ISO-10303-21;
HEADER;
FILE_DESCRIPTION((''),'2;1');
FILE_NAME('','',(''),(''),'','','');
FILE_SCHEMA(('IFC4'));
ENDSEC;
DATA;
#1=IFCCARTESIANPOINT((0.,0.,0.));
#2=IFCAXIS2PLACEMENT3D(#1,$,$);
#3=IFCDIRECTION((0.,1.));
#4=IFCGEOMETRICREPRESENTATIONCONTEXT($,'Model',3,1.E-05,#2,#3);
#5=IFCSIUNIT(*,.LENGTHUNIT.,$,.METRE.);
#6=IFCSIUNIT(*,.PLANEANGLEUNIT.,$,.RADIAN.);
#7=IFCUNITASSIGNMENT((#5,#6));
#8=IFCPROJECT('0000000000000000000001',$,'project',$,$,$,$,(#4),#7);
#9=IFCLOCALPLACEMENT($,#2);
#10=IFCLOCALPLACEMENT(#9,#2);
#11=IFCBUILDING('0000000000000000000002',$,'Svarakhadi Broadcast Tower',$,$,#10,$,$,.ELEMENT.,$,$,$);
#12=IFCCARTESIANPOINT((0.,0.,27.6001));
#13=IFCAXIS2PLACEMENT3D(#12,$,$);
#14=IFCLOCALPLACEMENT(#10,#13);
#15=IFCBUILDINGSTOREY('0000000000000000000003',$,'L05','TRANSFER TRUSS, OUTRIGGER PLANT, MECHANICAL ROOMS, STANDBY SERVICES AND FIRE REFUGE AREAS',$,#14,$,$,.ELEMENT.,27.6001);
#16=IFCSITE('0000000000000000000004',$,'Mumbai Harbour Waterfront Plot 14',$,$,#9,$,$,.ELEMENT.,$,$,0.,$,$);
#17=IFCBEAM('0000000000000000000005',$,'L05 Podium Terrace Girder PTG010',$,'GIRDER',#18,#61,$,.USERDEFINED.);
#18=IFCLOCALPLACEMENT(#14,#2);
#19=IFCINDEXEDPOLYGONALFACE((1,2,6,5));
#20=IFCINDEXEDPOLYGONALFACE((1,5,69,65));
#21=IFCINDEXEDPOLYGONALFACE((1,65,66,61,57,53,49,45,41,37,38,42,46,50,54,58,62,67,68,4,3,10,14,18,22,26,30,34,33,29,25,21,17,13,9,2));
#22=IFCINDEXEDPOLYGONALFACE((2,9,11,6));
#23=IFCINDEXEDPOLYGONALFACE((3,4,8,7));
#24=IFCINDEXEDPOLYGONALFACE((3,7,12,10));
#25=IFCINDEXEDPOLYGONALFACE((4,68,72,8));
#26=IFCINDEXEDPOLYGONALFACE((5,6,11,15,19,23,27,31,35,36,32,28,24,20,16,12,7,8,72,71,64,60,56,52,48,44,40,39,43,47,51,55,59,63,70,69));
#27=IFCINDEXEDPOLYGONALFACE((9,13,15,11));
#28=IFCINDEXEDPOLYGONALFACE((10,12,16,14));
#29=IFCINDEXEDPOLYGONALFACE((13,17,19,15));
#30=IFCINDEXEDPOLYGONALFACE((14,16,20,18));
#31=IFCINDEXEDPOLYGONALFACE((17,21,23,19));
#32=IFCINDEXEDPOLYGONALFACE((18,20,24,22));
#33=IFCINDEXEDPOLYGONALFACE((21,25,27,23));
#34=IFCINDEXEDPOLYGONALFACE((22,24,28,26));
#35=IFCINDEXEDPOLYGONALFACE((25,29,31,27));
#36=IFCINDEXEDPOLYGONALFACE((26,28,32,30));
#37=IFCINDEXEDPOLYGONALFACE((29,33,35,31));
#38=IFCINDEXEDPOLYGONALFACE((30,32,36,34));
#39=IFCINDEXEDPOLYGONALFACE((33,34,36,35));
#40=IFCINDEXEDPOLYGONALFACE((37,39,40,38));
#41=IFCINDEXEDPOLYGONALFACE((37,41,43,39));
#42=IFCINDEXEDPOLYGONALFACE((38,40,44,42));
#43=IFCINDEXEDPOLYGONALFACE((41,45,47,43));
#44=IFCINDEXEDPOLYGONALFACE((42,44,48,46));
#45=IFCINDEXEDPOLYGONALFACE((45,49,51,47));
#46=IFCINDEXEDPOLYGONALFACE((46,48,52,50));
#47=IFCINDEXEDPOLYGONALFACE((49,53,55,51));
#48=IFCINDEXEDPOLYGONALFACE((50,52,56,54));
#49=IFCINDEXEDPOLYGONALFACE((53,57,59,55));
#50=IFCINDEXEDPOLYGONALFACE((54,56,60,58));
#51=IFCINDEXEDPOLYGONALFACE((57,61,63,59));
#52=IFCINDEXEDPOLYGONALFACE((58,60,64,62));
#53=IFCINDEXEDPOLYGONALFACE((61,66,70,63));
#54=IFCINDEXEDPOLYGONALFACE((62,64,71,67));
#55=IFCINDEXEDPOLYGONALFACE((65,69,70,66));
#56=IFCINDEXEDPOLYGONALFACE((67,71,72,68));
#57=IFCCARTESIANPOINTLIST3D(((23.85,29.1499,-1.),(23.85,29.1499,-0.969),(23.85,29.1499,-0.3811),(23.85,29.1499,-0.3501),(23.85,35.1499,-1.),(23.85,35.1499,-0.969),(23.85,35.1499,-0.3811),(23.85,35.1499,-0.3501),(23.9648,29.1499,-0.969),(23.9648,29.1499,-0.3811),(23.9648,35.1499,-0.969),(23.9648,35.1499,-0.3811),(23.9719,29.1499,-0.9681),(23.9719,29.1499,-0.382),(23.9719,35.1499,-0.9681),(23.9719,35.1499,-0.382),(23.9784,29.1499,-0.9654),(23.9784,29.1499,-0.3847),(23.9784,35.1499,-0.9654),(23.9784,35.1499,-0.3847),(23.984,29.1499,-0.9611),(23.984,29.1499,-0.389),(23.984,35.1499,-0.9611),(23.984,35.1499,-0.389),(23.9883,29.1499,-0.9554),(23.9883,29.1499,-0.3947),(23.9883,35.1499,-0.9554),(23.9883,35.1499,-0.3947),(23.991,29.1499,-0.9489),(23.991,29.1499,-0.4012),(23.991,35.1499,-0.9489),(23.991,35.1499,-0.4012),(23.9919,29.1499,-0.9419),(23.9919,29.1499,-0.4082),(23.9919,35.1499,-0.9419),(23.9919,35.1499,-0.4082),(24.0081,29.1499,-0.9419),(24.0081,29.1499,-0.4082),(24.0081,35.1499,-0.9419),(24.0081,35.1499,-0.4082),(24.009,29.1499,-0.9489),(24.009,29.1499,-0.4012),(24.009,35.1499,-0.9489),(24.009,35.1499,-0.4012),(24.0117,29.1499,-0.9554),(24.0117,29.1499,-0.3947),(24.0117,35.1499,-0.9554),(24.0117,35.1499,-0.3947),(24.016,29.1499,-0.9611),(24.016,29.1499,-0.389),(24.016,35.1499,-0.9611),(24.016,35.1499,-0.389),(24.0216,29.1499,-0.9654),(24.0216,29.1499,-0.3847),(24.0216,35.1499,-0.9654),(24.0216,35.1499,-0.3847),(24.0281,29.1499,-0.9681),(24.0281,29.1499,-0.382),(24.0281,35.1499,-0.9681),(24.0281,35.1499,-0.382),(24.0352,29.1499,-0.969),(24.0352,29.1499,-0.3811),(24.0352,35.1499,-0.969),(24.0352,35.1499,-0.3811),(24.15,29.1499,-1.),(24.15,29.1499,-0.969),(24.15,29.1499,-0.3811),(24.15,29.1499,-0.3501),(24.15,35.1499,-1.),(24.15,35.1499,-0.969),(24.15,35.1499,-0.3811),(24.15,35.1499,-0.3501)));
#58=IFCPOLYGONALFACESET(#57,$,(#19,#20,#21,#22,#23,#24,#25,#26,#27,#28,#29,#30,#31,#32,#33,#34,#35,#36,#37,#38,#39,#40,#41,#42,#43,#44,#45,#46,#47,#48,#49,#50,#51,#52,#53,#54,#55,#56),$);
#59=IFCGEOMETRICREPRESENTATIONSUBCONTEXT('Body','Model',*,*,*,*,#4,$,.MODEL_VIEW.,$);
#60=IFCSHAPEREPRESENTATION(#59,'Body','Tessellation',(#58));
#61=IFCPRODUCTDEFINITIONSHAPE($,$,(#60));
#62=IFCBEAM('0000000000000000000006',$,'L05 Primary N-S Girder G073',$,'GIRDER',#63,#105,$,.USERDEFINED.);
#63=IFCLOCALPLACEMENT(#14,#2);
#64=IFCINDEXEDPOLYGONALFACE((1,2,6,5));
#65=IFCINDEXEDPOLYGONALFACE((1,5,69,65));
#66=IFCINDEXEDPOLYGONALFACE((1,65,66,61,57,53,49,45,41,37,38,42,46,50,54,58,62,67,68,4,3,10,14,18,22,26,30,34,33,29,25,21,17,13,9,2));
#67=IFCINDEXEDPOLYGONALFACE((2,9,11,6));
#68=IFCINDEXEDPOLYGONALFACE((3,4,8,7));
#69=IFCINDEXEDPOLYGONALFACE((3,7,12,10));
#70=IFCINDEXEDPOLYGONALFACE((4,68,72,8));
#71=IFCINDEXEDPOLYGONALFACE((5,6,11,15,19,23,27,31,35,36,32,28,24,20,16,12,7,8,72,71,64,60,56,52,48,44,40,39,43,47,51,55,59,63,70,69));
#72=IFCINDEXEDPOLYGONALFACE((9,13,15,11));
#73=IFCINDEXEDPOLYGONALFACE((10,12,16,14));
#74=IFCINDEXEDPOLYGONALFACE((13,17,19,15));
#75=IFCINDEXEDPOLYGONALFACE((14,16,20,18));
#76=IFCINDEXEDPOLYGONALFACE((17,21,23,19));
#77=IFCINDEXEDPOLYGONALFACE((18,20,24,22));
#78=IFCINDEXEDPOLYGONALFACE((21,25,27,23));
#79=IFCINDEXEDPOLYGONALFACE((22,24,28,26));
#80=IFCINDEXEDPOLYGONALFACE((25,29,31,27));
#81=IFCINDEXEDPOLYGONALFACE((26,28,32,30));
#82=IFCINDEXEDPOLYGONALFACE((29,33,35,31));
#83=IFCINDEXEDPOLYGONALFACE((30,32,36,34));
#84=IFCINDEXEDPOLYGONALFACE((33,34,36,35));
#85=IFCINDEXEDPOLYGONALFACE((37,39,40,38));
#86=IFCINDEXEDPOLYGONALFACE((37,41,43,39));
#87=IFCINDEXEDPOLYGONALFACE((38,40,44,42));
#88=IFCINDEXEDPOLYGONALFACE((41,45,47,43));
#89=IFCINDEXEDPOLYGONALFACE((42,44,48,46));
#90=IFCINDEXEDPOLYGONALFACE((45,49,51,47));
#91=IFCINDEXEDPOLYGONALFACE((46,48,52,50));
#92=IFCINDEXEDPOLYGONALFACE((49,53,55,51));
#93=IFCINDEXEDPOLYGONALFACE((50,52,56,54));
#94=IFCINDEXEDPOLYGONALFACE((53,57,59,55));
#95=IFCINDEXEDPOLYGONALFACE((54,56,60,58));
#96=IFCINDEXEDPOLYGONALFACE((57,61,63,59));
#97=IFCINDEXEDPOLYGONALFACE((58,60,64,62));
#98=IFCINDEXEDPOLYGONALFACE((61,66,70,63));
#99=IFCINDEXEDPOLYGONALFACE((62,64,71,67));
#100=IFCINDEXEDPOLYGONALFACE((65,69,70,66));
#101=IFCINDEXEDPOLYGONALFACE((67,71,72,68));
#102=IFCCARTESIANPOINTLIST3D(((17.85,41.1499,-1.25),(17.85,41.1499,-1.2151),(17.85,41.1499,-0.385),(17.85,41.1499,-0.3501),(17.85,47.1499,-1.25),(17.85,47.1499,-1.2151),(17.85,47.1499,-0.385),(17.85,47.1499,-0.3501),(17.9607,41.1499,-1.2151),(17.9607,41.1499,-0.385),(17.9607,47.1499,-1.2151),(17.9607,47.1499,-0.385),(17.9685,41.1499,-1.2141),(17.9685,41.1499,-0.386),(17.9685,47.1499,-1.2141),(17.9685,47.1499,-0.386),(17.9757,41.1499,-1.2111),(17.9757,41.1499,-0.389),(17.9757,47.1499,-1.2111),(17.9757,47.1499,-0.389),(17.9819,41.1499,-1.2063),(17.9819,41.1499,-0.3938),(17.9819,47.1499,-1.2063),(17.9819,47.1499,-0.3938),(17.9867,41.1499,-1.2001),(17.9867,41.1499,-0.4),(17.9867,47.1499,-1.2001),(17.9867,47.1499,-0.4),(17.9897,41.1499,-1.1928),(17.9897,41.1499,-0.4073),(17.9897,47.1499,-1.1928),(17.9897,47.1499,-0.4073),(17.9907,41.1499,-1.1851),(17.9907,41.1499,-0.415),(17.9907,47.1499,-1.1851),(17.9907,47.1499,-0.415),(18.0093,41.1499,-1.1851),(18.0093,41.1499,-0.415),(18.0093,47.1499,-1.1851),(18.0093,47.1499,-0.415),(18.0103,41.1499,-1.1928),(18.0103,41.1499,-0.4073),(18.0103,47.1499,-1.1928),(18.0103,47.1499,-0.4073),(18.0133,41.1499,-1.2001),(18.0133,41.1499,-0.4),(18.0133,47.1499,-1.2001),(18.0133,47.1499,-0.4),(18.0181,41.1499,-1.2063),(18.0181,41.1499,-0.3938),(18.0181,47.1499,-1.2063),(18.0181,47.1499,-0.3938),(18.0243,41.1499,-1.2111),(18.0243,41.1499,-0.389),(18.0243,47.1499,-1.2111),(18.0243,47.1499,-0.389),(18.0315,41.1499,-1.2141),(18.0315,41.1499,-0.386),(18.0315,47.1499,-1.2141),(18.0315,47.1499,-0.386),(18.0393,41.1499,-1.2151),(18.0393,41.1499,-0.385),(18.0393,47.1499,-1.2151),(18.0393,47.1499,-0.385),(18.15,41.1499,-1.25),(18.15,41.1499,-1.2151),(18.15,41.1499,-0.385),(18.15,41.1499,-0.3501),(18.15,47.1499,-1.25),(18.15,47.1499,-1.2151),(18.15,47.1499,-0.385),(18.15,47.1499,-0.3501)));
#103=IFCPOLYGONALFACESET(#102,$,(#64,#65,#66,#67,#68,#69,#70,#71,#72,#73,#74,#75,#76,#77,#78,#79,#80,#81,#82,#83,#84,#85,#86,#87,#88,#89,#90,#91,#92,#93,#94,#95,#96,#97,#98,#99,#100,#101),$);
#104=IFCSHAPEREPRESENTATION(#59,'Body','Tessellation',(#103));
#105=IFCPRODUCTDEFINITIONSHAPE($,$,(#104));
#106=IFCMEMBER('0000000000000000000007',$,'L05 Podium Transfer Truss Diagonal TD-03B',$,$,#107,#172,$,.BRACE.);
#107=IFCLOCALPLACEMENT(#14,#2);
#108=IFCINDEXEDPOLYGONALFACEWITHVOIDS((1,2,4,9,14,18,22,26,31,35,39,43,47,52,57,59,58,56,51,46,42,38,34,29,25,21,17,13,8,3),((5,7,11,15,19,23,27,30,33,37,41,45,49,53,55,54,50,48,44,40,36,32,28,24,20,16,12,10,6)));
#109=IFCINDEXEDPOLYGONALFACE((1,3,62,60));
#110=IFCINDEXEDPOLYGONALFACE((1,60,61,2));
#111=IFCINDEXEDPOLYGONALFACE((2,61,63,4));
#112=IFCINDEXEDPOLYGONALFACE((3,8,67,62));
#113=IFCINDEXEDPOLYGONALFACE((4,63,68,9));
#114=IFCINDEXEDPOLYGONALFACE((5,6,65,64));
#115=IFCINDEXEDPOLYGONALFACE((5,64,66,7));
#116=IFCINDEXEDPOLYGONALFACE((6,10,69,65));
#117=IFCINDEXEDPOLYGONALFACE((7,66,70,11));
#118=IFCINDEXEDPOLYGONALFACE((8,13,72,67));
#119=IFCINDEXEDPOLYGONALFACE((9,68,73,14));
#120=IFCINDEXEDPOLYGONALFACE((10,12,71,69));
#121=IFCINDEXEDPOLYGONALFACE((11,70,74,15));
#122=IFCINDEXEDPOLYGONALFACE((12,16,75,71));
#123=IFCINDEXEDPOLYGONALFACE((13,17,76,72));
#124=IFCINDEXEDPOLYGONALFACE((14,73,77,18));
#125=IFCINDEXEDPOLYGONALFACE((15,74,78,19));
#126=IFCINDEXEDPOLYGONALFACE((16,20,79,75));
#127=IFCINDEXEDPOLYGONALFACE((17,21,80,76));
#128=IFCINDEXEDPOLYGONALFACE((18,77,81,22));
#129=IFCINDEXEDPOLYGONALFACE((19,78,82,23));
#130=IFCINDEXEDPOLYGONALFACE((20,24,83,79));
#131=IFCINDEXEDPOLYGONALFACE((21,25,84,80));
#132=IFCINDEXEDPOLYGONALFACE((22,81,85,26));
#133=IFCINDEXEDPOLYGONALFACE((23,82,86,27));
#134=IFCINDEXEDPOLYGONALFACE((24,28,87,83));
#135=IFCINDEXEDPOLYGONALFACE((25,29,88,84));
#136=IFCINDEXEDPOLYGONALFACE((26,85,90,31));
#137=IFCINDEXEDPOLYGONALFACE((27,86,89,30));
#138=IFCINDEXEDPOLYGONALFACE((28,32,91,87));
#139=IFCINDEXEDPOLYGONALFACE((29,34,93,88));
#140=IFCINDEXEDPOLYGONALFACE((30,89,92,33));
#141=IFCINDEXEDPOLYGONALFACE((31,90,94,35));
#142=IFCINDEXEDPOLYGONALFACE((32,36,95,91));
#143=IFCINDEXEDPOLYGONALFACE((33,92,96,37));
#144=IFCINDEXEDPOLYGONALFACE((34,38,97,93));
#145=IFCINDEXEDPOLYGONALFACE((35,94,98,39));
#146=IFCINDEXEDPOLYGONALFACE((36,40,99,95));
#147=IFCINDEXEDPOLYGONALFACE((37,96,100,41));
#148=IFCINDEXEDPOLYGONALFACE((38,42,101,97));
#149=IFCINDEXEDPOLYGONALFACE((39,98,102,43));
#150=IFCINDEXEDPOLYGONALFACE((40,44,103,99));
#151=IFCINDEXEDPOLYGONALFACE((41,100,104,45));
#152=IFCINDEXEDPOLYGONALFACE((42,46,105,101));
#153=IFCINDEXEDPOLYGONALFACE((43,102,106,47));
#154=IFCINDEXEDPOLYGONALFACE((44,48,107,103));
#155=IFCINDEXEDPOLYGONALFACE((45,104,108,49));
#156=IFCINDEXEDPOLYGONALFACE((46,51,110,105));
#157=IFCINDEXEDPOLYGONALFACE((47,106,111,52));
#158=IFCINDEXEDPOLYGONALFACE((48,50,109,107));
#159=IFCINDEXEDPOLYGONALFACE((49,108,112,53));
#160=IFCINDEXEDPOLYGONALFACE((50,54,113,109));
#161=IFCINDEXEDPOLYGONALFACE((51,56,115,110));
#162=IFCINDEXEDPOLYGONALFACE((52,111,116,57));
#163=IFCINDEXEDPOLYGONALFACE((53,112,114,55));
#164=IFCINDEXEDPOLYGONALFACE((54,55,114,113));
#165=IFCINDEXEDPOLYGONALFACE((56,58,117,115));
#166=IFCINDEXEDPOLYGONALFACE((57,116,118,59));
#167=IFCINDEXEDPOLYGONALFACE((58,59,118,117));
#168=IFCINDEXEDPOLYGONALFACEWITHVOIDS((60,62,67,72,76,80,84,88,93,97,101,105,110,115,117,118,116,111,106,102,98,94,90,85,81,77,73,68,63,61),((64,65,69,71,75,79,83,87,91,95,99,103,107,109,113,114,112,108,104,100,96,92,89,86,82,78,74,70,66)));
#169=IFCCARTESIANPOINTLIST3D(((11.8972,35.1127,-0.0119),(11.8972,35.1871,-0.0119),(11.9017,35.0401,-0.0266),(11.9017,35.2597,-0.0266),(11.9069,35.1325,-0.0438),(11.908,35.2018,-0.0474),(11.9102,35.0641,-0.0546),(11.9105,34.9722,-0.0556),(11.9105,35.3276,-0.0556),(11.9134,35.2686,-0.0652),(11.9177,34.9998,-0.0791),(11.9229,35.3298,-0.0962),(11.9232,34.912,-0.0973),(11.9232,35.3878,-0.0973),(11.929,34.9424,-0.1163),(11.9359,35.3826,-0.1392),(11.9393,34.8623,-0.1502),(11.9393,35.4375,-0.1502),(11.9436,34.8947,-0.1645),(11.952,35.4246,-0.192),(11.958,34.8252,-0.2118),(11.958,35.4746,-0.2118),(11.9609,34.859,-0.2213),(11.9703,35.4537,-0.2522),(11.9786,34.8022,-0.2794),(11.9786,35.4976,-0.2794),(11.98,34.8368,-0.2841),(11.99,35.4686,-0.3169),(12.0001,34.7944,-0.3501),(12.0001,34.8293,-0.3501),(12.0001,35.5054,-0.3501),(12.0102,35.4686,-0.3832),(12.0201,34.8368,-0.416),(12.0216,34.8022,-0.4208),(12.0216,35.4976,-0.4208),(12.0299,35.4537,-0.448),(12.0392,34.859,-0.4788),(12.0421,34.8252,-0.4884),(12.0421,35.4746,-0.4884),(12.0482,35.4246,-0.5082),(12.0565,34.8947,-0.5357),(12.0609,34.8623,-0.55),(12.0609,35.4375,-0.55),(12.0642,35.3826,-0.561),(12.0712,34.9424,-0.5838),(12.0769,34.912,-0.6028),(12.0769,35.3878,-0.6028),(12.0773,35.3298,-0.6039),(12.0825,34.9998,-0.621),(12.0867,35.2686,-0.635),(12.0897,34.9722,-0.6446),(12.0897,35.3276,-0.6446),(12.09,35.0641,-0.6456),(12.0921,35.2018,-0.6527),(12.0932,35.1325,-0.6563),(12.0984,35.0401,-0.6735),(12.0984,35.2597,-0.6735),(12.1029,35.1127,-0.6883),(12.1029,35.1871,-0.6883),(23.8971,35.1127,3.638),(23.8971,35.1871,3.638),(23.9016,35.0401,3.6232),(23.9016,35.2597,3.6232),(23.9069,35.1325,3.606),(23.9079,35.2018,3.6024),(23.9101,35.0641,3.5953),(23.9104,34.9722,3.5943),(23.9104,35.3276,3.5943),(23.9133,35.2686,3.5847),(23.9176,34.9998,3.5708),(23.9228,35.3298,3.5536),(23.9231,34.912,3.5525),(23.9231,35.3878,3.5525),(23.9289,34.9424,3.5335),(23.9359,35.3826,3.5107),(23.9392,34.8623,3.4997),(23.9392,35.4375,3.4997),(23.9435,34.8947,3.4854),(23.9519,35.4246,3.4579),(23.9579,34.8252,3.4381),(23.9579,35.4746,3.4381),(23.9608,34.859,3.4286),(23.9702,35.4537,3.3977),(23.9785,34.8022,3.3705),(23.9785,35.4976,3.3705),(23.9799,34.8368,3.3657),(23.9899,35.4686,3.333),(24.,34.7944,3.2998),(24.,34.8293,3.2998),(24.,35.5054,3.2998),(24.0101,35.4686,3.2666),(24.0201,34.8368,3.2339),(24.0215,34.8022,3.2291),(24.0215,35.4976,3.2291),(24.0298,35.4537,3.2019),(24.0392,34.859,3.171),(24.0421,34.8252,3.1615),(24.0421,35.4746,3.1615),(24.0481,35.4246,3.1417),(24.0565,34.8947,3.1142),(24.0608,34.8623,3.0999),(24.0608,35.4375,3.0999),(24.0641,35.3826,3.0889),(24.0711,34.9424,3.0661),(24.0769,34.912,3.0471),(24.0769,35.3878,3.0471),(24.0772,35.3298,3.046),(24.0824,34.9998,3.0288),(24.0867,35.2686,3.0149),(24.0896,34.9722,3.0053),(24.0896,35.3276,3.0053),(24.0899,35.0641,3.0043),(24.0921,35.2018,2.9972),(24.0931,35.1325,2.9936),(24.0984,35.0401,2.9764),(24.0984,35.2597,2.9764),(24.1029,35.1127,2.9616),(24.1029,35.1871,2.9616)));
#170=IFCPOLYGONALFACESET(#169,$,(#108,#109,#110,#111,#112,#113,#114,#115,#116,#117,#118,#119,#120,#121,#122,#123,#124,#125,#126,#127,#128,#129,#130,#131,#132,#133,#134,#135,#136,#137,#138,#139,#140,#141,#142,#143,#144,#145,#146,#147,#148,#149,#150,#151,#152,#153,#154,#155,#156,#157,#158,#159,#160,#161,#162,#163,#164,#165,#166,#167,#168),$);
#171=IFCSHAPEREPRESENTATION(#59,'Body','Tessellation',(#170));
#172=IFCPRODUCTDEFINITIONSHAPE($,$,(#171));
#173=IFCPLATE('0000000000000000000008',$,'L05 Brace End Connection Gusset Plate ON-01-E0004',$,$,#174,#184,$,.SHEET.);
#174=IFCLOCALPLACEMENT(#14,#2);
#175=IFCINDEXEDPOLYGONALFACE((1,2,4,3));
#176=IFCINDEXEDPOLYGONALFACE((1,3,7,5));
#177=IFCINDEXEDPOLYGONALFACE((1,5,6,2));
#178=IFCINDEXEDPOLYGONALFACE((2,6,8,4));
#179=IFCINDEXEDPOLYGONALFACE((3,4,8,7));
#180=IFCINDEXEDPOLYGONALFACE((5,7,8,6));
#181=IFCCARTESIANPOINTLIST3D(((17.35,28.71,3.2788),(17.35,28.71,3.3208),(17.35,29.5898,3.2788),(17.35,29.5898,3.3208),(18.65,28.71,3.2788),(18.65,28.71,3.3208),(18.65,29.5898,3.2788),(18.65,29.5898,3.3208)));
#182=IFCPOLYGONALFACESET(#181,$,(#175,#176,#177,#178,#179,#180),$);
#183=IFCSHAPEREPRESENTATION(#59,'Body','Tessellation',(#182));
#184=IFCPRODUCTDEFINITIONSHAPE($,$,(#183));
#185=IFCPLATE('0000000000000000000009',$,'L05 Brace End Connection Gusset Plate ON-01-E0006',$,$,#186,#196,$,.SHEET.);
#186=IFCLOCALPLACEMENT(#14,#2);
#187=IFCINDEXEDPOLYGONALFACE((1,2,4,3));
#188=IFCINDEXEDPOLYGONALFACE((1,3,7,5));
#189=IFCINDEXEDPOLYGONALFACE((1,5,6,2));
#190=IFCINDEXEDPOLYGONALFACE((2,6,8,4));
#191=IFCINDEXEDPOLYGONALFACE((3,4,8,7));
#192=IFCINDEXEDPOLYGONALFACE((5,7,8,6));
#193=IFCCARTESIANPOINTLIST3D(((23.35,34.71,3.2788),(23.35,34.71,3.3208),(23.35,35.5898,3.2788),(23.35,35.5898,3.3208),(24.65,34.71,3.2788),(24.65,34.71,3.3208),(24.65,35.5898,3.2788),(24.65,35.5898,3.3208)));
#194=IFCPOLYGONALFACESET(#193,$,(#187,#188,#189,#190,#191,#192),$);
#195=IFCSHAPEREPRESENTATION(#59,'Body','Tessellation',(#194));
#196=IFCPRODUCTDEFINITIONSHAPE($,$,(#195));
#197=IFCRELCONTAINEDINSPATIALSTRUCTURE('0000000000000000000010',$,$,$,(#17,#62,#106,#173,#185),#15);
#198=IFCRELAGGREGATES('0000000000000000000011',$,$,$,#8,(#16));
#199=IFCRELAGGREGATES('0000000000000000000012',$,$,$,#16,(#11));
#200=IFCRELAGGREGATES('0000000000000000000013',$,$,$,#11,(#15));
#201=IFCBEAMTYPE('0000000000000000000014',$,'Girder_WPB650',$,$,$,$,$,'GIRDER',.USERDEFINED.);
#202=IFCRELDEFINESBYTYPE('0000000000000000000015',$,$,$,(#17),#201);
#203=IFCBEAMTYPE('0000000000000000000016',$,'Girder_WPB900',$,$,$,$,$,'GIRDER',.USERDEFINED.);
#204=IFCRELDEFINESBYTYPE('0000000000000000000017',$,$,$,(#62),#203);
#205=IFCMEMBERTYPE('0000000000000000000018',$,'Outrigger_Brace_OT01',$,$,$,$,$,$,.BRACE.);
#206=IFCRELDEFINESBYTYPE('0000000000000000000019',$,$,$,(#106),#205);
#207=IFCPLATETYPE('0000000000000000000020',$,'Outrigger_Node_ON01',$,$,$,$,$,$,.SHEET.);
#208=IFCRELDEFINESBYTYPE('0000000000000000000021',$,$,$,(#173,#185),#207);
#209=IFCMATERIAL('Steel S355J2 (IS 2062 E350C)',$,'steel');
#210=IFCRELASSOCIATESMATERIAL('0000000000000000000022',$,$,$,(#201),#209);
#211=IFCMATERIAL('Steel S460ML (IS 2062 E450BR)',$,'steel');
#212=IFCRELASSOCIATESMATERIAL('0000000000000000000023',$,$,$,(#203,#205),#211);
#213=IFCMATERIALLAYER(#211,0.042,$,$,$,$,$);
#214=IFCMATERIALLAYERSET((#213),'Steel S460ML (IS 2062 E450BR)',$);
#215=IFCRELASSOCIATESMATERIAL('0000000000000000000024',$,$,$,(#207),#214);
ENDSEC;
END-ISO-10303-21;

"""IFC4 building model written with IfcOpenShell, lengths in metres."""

from ifc_helpers import new_model, si_unit, direction, frame, origin, origin_2d, place, context, subcontext, project, spatial, rectangle, hollow_circle, i_section, extrude, material, layer, layer_set, material_profile, profile_set, type_object, element, save


model = new_model("IFC4")

# Units and contexts
model_context = context("Model", 3, precision=1e-05, world=origin(), true_north=direction((0.0, 1.0)))
body_context = subcontext(model_context, "Body", "Model", "MODEL_VIEW")
ifc_project = project(units=[si_unit("LENGTHUNIT", "METRE"), si_unit("PLANEANGLEUNIT", "RADIAN")], contexts=[model_context])

# Site, building, storey
site_placement = place(None, origin())
site = spatial("IfcSite", under=ifc_project, at=site_placement, Name="Mumbai Harbour Waterfront Plot 14", CompositionType="ELEMENT", RefElevation=0.0)
building_placement = place(site_placement, origin())
building = spatial("IfcBuilding", under=site, at=building_placement, Name="Svarakhadi Broadcast Tower", CompositionType="ELEMENT")
storey_placement = place(building_placement, frame((0.0, 0.0, 27.6001)))
storey = spatial("IfcBuildingStorey", under=building, at=storey_placement, Name="L05", Description="TRANSFER TRUSS, OUTRIGGER PLANT, MECHANICAL ROOMS, STANDBY SERVICES AND FIRE REFUGE AREAS", CompositionType="ELEMENT", Elevation=27.6001)

# Beams
ifc_material_1 = material(Name="Steel S355J2 (IS 2062 E350C)", Category="steel")
ifc_material_profile_1 = material_profile(ifc_material_1, i_section(OverallWidth=0.3, OverallDepth=0.6499, WebThickness=0.0161, FlangeThickness=0.031, FilletRadius=0.0271, at=origin_2d()), Name="WPB 650x300x225")
ifc_profile_set_1 = profile_set([ifc_material_profile_1], Name="Steel S355J2 (IS 2062 E350C)")
beam_type_1 = type_object("IfcBeamType", Name="Girder_WPB650", ElementType="GIRDER", PredefinedType="USERDEFINED", material=ifc_profile_set_1)
beam_1_placement = place(storey_placement, frame((24.0, 29.1499, -0.675), z_axis=(0.0, 1.0, 0.0), x_axis=(-1.0, 0.0, 0.0)))
element("IfcBeam", 1, at=beam_1_placement, inside=storey, type_object=beam_type_1, Name="L05 Podium Terrace Girder PTG010", ObjectType="GIRDER", PredefinedType="USERDEFINED", context=body_context, shape_type="SweptSolid", body=[
    extrude(i_section(OverallWidth=0.3, OverallDepth=0.6499, WebThickness=0.0161, FlangeThickness=0.031, FilletRadius=0.0271, at=origin_2d()), origin(), (0.0, 0.0, 1.0), 6.0),
])
ifc_material_2 = material(Name="Steel S460ML (IS 2062 E450BR)", Category="steel")
ifc_material_profile_2 = material_profile(ifc_material_2, i_section(OverallWidth=0.3, OverallDepth=0.8999, WebThickness=0.0186, FlangeThickness=0.0349, FilletRadius=0.03, at=origin_2d()), Name="WPB 900x300x291")
ifc_profile_set_2 = profile_set([ifc_material_profile_2], Name="Steel S460ML (IS 2062 E450BR)")
beam_type_2 = type_object("IfcBeamType", Name="Girder_WPB900", ElementType="GIRDER", PredefinedType="USERDEFINED", material=ifc_profile_set_2)
beam_2_placement = place(storey_placement, frame((18.0, 41.1499, -0.8), z_axis=(0.0, 1.0, 0.0), x_axis=(-1.0, 0.0, 0.0)))
element("IfcBeam", 2, at=beam_2_placement, inside=storey, type_object=beam_type_2, Name="L05 Primary N-S Girder G073", ObjectType="GIRDER", PredefinedType="USERDEFINED", context=body_context, shape_type="SweptSolid", body=[
    extrude(i_section(OverallWidth=0.3, OverallDepth=0.8999, WebThickness=0.0186, FlangeThickness=0.0349, FilletRadius=0.03, at=origin_2d()), origin(), (0.0, 0.0, 1.0), 6.0),
])

# Member
ifc_material_profile_3 = material_profile(ifc_material_2, hollow_circle(Radius=0.3555, WallThickness=0.0349, at=origin_2d()), Name="CHS 711x35")
ifc_profile_set_3 = profile_set([ifc_material_profile_3], Name="Steel S460ML (IS 2062 E450BR)")
member_type = type_object("IfcMemberType", Name="Outrigger_Brace_OT01", PredefinedType="BRACE", material=ifc_profile_set_3)
member_placement = place(storey_placement, frame((24.0, 35.1499, 3.2998), z_axis=(-0.956724, 0.0, -0.290996), x_axis=(0.0, -1.0, 0.0)))
element("IfcMember", 3, at=member_placement, inside=storey, type_object=member_type, Name="L05 Podium Transfer Truss Diagonal TD-03B", PredefinedType="BRACE", context=body_context, shape_type="SweptSolid", body=[
    extrude(hollow_circle(Radius=0.3555, WallThickness=0.0349, at=origin_2d()), origin(), (0.0, 0.0, 1.0), 12.5427),
])

# Plates
ifc_layer_1 = layer(ifc_material_2, 0.042)
ifc_layer_set_1 = layer_set([ifc_layer_1], Name="Steel S460ML (IS 2062 E450BR)")
plate_type = type_object("IfcPlateType", Name="Outrigger_Node_ON01", PredefinedType="SHEET", material=ifc_layer_set_1)
for number, where, z_axis, x_axis, name in (
    (4, (18.0, 29.1499, 3.2788), (0.0, 0.0, 1.0), (1.0, 0.0, 0.0), "L05 Brace End Connection Gusset Plate ON-01-E0004"),
    (5, (24.0, 35.1499, 3.2788), (0.0, 0.0, 1.0), (1.0, 0.0, 0.0), "L05 Brace End Connection Gusset Plate ON-01-E0006"),
):
    element("IfcPlate", number, at=place(storey_placement, frame(where, z_axis=z_axis, x_axis=x_axis)), inside=storey, type_object=plate_type, Name=name, PredefinedType="SHEET", context=body_context, shape_type="SweptSolid", body=[
        extrude(rectangle(XDim=1.3, YDim=0.8799, at=origin_2d()), origin(), (0.0, 0.0, 1.0), 0.042),
    ])

save(model, "model.ifc")
